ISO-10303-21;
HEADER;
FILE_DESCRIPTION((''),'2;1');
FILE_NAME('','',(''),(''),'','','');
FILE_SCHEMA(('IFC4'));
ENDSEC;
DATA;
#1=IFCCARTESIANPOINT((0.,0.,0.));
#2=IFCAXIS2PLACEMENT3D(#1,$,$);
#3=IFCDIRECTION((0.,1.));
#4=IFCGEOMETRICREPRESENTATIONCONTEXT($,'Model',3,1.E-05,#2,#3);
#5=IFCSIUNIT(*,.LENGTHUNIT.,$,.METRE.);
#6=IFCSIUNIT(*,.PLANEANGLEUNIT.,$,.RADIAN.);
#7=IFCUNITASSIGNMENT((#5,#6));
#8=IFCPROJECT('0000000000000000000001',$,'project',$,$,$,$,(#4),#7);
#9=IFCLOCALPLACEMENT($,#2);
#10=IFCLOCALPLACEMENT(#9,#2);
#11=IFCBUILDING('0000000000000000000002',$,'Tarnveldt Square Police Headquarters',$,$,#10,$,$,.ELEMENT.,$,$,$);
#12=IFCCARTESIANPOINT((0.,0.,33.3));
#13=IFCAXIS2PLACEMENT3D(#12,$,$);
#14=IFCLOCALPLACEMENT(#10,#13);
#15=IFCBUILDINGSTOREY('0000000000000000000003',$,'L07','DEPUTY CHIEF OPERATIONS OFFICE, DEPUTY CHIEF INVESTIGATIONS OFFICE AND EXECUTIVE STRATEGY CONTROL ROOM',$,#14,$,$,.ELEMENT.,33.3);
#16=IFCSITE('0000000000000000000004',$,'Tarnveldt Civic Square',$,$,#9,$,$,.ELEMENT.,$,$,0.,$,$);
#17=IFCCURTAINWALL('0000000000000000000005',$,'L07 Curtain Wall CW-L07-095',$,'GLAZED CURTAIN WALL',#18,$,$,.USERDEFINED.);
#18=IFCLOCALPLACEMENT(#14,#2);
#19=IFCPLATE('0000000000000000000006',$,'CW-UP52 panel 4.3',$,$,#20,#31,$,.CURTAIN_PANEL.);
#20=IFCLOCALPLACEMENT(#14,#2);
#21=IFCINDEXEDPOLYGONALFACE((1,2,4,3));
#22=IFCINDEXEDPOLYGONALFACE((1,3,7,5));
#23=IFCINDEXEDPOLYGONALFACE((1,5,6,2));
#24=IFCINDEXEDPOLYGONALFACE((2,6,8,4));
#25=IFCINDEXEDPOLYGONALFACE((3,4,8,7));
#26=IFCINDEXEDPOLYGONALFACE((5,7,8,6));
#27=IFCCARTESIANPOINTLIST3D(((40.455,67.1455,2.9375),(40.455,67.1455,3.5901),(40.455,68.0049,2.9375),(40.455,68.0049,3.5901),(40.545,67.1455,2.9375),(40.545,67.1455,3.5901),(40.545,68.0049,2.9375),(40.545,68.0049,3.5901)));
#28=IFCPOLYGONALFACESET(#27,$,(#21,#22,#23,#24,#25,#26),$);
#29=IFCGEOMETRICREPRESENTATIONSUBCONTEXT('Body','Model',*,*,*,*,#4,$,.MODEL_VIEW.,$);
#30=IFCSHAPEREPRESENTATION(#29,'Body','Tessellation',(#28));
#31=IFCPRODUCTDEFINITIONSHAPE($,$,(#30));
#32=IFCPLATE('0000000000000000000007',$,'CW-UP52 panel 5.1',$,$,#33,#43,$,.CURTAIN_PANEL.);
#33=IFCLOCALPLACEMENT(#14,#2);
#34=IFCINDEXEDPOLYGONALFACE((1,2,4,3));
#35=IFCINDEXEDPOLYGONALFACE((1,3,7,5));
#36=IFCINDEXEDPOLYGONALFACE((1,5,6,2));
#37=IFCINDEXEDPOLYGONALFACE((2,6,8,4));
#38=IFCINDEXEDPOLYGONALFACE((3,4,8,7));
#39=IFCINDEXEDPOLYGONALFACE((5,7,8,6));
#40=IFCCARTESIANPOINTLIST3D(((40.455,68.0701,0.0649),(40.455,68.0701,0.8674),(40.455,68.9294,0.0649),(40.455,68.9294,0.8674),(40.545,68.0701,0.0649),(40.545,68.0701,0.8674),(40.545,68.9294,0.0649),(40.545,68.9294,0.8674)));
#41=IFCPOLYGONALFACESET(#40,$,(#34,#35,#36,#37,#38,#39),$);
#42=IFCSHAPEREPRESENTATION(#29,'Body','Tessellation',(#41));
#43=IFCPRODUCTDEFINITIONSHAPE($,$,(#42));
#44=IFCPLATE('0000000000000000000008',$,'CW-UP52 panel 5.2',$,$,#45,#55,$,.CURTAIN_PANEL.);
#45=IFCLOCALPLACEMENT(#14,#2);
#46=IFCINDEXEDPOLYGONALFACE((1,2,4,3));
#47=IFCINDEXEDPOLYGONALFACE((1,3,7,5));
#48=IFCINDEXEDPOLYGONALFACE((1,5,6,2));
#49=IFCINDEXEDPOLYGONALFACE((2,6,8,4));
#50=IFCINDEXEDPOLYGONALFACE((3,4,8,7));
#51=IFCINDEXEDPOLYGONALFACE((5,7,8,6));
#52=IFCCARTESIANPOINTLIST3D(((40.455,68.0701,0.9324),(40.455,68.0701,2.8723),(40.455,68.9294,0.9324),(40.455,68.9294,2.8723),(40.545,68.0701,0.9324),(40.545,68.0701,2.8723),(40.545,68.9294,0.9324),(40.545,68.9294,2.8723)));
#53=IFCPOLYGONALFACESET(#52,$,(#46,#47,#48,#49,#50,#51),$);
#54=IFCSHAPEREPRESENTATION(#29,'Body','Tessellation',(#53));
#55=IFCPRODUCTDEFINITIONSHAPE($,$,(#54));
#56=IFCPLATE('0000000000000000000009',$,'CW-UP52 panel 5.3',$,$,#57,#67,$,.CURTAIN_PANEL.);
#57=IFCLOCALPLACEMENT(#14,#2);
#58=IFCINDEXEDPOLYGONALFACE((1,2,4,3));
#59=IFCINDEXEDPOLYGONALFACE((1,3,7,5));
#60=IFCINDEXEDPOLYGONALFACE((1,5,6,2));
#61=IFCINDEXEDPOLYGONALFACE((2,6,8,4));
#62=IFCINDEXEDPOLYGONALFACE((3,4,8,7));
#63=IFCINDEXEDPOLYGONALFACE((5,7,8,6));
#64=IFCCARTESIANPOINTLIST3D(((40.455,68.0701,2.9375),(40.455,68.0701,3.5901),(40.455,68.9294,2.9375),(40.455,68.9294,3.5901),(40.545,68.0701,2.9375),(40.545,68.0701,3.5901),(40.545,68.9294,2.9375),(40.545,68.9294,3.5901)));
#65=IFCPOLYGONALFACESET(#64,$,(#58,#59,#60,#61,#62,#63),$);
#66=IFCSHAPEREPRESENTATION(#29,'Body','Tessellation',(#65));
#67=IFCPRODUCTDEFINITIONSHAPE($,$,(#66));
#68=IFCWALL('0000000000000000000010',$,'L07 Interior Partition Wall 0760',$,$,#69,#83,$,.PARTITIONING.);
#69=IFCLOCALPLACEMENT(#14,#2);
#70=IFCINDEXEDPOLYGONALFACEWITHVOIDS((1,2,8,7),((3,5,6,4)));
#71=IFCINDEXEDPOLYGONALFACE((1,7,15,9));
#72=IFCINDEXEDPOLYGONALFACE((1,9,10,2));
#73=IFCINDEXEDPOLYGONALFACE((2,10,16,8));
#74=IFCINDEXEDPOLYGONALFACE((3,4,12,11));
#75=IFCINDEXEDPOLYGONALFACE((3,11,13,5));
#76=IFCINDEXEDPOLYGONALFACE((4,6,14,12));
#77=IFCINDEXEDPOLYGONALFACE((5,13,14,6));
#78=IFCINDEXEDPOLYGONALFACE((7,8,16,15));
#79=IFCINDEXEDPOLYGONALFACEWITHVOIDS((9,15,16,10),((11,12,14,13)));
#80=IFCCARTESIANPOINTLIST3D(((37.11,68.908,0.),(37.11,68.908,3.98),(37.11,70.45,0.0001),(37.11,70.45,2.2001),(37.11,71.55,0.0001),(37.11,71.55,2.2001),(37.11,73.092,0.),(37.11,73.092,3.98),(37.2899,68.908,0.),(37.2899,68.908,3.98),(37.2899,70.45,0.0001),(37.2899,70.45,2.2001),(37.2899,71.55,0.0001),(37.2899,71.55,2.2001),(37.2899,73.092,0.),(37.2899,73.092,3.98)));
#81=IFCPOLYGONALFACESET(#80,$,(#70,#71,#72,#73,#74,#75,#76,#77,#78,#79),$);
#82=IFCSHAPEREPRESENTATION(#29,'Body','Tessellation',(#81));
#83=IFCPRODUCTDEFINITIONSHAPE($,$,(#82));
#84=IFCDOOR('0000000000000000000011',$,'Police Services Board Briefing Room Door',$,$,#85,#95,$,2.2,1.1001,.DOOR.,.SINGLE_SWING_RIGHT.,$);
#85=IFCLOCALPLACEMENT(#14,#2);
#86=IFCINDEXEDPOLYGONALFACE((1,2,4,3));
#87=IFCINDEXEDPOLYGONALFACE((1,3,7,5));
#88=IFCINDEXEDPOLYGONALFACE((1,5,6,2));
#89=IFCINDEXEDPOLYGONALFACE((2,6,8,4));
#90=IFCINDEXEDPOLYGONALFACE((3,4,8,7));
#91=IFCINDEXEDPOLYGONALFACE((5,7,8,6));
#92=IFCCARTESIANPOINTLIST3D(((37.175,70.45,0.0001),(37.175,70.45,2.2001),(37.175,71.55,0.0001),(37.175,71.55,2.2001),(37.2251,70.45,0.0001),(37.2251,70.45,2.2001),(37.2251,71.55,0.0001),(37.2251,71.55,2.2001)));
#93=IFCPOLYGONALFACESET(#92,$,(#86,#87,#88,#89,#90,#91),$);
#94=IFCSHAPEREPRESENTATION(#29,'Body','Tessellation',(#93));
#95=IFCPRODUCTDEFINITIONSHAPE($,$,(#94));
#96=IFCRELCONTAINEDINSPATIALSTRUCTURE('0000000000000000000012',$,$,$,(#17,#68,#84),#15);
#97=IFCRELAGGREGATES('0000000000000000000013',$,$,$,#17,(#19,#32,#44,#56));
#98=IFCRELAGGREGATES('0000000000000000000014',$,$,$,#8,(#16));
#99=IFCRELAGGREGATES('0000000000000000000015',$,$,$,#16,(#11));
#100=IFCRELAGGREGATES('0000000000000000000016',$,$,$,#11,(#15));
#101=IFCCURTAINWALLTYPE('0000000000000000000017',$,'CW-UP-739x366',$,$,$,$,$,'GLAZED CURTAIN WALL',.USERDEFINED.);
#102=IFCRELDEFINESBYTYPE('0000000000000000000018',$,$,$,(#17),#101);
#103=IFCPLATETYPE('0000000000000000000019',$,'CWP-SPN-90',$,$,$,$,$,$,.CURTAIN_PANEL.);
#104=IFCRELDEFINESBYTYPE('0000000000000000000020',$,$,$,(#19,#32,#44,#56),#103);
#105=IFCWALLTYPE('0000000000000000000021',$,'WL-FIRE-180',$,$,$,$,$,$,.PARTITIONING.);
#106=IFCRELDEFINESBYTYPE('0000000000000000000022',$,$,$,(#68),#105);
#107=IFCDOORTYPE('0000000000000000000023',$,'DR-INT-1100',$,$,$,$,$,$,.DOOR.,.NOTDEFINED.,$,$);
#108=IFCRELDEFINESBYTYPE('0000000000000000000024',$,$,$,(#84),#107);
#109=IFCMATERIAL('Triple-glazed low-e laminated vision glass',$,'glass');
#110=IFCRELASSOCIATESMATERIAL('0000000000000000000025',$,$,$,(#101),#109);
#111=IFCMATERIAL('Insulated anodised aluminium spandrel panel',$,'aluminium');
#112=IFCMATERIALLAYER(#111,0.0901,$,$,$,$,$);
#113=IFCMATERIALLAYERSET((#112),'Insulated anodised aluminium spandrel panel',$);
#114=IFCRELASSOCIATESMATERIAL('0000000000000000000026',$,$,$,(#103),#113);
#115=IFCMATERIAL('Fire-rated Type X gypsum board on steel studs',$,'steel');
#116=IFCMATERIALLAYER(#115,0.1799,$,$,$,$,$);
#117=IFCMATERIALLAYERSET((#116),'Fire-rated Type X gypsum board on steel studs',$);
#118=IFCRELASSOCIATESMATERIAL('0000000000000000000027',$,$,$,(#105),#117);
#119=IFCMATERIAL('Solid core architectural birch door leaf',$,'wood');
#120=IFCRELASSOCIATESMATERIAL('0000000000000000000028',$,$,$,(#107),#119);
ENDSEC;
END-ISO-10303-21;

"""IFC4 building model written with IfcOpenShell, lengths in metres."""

from ifc_helpers import new_model, si_unit, direction, frame, frame_2d, origin, origin_2d, place, context, subcontext, project, spatial, rectangle, extrude, material, layer, layer_set, type_object, element, fill, aggregate, save


model = new_model("IFC4")

# Units and contexts
model_context = context("Model", 3, precision=1e-05, world=origin(), true_north=direction((0.0, 1.0)))
body_context = subcontext(model_context, "Body", "Model", "MODEL_VIEW")
ifc_project = project(units=[si_unit("LENGTHUNIT", "METRE"), si_unit("PLANEANGLEUNIT", "RADIAN")], contexts=[model_context])

# Site, building, storey
site_placement = place(None, origin())
site = spatial("IfcSite", under=ifc_project, at=site_placement, Name="Tarnveldt Civic Square", CompositionType="ELEMENT", RefElevation=0.0)
building_placement = place(site_placement, origin())
building = spatial("IfcBuilding", under=site, at=building_placement, Name="Tarnveldt Square Police Headquarters", CompositionType="ELEMENT")
storey_placement = place(building_placement, frame((0.0, 0.0, 33.3)))
storey = spatial("IfcBuildingStorey", under=building, at=storey_placement, Name="L07", Description="DEPUTY CHIEF OPERATIONS OFFICE, DEPUTY CHIEF INVESTIGATIONS OFFICE AND EXECUTIVE STRATEGY CONTROL ROOM", CompositionType="ELEMENT", Elevation=33.3)

# Curtain wall, plates
ifc_material_1 = material(Name="Triple-glazed low-e laminated vision glass", Category="glass")
curtain_wall_type = type_object("IfcCurtainWallType", Name="CW-UP-739x366", ElementType="GLAZED CURTAIN WALL", PredefinedType="USERDEFINED", material=ifc_material_1)
curtain_wall_placement = place(storey_placement, origin())
curtain_wall = element("IfcCurtainWall", 1, at=curtain_wall_placement, inside=storey, type_object=curtain_wall_type, Name="L07 Curtain Wall CW-L07-095", ObjectType="GLAZED CURTAIN WALL", PredefinedType="USERDEFINED")
ifc_material_2 = material(Name="Insulated anodised aluminium spandrel panel", Category="aluminium")
ifc_layer_1 = layer(ifc_material_2, 0.0901)
ifc_layer_set_1 = layer_set([ifc_layer_1], Name="Insulated anodised aluminium spandrel panel")
plate_type = type_object("IfcPlateType", Name="CWP-SPN-90", PredefinedType="CURTAIN_PANEL", material=ifc_layer_set_1)
plate_1_placement = place(storey_placement, frame((40.5, 67.5752, 2.9375), z_axis=(0.0, 0.0, 1.0), x_axis=(0.0, 1.0, 0.0)))
plate_1 = element("IfcPlate", 2, at=plate_1_placement, type_object=plate_type, Name="CW-UP52 panel 4.3", PredefinedType="CURTAIN_PANEL", context=body_context, shape_type="SweptSolid", body=[
    extrude(rectangle(XDim=0.8594, YDim=0.0901, at=origin_2d()), origin(), (0.0, 0.0, 1.0), 0.6526),
])
plate_2_placement = place(storey_placement, frame((40.5, 68.4998, 0.0649), z_axis=(0.0, 0.0, 1.0), x_axis=(0.0, 1.0, 0.0)))
plate_2 = element("IfcPlate", 3, at=plate_2_placement, type_object=plate_type, Name="CW-UP52 panel 5.1", PredefinedType="CURTAIN_PANEL", context=body_context, shape_type="SweptSolid", body=[
    extrude(rectangle(XDim=0.8594, YDim=0.0901, at=origin_2d()), origin(), (0.0, 0.0, 1.0), 0.8025),
])
plate_3_placement = place(storey_placement, frame((40.5, 68.4998, 0.9324), z_axis=(0.0, 0.0, 1.0), x_axis=(0.0, 1.0, 0.0)))
plate_3 = element("IfcPlate", 4, at=plate_3_placement, type_object=plate_type, Name="CW-UP52 panel 5.2", PredefinedType="CURTAIN_PANEL", context=body_context, shape_type="SweptSolid", body=[
    extrude(rectangle(XDim=0.8594, YDim=0.0901, at=origin_2d()), origin(), (0.0, 0.0, 1.0), 1.9399),
])
plate_4_placement = place(storey_placement, frame((40.5, 68.4998, 2.9375), z_axis=(0.0, 0.0, 1.0), x_axis=(0.0, 1.0, 0.0)))
plate_4 = element("IfcPlate", 5, at=plate_4_placement, type_object=plate_type, Name="CW-UP52 panel 5.3", PredefinedType="CURTAIN_PANEL", context=body_context, shape_type="SweptSolid", body=[
    extrude(rectangle(XDim=0.8594, YDim=0.0901, at=origin_2d()), origin(), (0.0, 0.0, 1.0), 0.6526),
])
aggregate(curtain_wall, [plate_1, plate_2, plate_3, plate_4])

# Wall, opening, door
ifc_material_3 = material(Name="Fire-rated Type X gypsum board on steel studs", Category="steel")
ifc_layer_2 = layer(ifc_material_3, 0.1799)
ifc_layer_set_2 = layer_set([ifc_layer_2], Name="Fire-rated Type X gypsum board on steel studs")
wall_type = type_object("IfcWallType", Name="WL-FIRE-180", PredefinedType="PARTITIONING", material=ifc_layer_set_2)
wall_placement = place(storey_placement, frame((37.2, 68.908, 0.0), z_axis=(0.0, 0.0, 1.0), x_axis=(0.0, 1.0, 0.0)))
wall = element("IfcWall", 6, at=wall_placement, inside=storey, type_object=wall_type, Name="L07 Interior Partition Wall 0760", PredefinedType="PARTITIONING", context=body_context, shape_type="SweptSolid", body=[
    extrude(rectangle(XDim=4.1841, YDim=0.1799, at=frame_2d((2.092, 0.0))), origin(), (0.0, 0.0, 1.0), 3.98),
])
opening_placement = place(wall_placement, frame((1.542, 0.0, 0.0)))
opening = element("IfcOpeningElement", 7, at=opening_placement, cuts=wall, PredefinedType="OPENING", context=body_context, shape_type="SweptSolid", body=[
    extrude(rectangle(XDim=1.1001, YDim=2.2, at=frame_2d((0.55, 1.1001))), frame((0.0, 0.0999, 0.0), z_axis=(0.0, -1.0, 0.0), x_axis=(1.0, 0.0, 0.0)), (0.0, 0.0, 1.0), 0.2),
])
ifc_material_4 = material(Name="Solid core architectural birch door leaf", Category="wood")
door_type = type_object("IfcDoorType", Name="DR-INT-1100", OperationType="NOTDEFINED", PredefinedType="DOOR", material=ifc_material_4)
door_placement = place(opening_placement, origin())
door = element("IfcDoor", 8, at=door_placement, inside=storey, type_object=door_type, Name="Police Services Board Briefing Room Door", OperationType="SINGLE_SWING_RIGHT", OverallHeight=2.2, OverallWidth=1.1001, PredefinedType="DOOR", context=body_context, shape_type="SweptSolid", body=[
    extrude(rectangle(XDim=1.1001, YDim=2.2, at=frame_2d((0.55, 1.1001))), frame((0.0, 0.0249, 0.0), z_axis=(0.0, -1.0, 0.0), x_axis=(1.0, 0.0, 0.0)), (0.0, 0.0, 1.0), 0.05),
])
fill(opening, door)

save(model, "model.ifc")
